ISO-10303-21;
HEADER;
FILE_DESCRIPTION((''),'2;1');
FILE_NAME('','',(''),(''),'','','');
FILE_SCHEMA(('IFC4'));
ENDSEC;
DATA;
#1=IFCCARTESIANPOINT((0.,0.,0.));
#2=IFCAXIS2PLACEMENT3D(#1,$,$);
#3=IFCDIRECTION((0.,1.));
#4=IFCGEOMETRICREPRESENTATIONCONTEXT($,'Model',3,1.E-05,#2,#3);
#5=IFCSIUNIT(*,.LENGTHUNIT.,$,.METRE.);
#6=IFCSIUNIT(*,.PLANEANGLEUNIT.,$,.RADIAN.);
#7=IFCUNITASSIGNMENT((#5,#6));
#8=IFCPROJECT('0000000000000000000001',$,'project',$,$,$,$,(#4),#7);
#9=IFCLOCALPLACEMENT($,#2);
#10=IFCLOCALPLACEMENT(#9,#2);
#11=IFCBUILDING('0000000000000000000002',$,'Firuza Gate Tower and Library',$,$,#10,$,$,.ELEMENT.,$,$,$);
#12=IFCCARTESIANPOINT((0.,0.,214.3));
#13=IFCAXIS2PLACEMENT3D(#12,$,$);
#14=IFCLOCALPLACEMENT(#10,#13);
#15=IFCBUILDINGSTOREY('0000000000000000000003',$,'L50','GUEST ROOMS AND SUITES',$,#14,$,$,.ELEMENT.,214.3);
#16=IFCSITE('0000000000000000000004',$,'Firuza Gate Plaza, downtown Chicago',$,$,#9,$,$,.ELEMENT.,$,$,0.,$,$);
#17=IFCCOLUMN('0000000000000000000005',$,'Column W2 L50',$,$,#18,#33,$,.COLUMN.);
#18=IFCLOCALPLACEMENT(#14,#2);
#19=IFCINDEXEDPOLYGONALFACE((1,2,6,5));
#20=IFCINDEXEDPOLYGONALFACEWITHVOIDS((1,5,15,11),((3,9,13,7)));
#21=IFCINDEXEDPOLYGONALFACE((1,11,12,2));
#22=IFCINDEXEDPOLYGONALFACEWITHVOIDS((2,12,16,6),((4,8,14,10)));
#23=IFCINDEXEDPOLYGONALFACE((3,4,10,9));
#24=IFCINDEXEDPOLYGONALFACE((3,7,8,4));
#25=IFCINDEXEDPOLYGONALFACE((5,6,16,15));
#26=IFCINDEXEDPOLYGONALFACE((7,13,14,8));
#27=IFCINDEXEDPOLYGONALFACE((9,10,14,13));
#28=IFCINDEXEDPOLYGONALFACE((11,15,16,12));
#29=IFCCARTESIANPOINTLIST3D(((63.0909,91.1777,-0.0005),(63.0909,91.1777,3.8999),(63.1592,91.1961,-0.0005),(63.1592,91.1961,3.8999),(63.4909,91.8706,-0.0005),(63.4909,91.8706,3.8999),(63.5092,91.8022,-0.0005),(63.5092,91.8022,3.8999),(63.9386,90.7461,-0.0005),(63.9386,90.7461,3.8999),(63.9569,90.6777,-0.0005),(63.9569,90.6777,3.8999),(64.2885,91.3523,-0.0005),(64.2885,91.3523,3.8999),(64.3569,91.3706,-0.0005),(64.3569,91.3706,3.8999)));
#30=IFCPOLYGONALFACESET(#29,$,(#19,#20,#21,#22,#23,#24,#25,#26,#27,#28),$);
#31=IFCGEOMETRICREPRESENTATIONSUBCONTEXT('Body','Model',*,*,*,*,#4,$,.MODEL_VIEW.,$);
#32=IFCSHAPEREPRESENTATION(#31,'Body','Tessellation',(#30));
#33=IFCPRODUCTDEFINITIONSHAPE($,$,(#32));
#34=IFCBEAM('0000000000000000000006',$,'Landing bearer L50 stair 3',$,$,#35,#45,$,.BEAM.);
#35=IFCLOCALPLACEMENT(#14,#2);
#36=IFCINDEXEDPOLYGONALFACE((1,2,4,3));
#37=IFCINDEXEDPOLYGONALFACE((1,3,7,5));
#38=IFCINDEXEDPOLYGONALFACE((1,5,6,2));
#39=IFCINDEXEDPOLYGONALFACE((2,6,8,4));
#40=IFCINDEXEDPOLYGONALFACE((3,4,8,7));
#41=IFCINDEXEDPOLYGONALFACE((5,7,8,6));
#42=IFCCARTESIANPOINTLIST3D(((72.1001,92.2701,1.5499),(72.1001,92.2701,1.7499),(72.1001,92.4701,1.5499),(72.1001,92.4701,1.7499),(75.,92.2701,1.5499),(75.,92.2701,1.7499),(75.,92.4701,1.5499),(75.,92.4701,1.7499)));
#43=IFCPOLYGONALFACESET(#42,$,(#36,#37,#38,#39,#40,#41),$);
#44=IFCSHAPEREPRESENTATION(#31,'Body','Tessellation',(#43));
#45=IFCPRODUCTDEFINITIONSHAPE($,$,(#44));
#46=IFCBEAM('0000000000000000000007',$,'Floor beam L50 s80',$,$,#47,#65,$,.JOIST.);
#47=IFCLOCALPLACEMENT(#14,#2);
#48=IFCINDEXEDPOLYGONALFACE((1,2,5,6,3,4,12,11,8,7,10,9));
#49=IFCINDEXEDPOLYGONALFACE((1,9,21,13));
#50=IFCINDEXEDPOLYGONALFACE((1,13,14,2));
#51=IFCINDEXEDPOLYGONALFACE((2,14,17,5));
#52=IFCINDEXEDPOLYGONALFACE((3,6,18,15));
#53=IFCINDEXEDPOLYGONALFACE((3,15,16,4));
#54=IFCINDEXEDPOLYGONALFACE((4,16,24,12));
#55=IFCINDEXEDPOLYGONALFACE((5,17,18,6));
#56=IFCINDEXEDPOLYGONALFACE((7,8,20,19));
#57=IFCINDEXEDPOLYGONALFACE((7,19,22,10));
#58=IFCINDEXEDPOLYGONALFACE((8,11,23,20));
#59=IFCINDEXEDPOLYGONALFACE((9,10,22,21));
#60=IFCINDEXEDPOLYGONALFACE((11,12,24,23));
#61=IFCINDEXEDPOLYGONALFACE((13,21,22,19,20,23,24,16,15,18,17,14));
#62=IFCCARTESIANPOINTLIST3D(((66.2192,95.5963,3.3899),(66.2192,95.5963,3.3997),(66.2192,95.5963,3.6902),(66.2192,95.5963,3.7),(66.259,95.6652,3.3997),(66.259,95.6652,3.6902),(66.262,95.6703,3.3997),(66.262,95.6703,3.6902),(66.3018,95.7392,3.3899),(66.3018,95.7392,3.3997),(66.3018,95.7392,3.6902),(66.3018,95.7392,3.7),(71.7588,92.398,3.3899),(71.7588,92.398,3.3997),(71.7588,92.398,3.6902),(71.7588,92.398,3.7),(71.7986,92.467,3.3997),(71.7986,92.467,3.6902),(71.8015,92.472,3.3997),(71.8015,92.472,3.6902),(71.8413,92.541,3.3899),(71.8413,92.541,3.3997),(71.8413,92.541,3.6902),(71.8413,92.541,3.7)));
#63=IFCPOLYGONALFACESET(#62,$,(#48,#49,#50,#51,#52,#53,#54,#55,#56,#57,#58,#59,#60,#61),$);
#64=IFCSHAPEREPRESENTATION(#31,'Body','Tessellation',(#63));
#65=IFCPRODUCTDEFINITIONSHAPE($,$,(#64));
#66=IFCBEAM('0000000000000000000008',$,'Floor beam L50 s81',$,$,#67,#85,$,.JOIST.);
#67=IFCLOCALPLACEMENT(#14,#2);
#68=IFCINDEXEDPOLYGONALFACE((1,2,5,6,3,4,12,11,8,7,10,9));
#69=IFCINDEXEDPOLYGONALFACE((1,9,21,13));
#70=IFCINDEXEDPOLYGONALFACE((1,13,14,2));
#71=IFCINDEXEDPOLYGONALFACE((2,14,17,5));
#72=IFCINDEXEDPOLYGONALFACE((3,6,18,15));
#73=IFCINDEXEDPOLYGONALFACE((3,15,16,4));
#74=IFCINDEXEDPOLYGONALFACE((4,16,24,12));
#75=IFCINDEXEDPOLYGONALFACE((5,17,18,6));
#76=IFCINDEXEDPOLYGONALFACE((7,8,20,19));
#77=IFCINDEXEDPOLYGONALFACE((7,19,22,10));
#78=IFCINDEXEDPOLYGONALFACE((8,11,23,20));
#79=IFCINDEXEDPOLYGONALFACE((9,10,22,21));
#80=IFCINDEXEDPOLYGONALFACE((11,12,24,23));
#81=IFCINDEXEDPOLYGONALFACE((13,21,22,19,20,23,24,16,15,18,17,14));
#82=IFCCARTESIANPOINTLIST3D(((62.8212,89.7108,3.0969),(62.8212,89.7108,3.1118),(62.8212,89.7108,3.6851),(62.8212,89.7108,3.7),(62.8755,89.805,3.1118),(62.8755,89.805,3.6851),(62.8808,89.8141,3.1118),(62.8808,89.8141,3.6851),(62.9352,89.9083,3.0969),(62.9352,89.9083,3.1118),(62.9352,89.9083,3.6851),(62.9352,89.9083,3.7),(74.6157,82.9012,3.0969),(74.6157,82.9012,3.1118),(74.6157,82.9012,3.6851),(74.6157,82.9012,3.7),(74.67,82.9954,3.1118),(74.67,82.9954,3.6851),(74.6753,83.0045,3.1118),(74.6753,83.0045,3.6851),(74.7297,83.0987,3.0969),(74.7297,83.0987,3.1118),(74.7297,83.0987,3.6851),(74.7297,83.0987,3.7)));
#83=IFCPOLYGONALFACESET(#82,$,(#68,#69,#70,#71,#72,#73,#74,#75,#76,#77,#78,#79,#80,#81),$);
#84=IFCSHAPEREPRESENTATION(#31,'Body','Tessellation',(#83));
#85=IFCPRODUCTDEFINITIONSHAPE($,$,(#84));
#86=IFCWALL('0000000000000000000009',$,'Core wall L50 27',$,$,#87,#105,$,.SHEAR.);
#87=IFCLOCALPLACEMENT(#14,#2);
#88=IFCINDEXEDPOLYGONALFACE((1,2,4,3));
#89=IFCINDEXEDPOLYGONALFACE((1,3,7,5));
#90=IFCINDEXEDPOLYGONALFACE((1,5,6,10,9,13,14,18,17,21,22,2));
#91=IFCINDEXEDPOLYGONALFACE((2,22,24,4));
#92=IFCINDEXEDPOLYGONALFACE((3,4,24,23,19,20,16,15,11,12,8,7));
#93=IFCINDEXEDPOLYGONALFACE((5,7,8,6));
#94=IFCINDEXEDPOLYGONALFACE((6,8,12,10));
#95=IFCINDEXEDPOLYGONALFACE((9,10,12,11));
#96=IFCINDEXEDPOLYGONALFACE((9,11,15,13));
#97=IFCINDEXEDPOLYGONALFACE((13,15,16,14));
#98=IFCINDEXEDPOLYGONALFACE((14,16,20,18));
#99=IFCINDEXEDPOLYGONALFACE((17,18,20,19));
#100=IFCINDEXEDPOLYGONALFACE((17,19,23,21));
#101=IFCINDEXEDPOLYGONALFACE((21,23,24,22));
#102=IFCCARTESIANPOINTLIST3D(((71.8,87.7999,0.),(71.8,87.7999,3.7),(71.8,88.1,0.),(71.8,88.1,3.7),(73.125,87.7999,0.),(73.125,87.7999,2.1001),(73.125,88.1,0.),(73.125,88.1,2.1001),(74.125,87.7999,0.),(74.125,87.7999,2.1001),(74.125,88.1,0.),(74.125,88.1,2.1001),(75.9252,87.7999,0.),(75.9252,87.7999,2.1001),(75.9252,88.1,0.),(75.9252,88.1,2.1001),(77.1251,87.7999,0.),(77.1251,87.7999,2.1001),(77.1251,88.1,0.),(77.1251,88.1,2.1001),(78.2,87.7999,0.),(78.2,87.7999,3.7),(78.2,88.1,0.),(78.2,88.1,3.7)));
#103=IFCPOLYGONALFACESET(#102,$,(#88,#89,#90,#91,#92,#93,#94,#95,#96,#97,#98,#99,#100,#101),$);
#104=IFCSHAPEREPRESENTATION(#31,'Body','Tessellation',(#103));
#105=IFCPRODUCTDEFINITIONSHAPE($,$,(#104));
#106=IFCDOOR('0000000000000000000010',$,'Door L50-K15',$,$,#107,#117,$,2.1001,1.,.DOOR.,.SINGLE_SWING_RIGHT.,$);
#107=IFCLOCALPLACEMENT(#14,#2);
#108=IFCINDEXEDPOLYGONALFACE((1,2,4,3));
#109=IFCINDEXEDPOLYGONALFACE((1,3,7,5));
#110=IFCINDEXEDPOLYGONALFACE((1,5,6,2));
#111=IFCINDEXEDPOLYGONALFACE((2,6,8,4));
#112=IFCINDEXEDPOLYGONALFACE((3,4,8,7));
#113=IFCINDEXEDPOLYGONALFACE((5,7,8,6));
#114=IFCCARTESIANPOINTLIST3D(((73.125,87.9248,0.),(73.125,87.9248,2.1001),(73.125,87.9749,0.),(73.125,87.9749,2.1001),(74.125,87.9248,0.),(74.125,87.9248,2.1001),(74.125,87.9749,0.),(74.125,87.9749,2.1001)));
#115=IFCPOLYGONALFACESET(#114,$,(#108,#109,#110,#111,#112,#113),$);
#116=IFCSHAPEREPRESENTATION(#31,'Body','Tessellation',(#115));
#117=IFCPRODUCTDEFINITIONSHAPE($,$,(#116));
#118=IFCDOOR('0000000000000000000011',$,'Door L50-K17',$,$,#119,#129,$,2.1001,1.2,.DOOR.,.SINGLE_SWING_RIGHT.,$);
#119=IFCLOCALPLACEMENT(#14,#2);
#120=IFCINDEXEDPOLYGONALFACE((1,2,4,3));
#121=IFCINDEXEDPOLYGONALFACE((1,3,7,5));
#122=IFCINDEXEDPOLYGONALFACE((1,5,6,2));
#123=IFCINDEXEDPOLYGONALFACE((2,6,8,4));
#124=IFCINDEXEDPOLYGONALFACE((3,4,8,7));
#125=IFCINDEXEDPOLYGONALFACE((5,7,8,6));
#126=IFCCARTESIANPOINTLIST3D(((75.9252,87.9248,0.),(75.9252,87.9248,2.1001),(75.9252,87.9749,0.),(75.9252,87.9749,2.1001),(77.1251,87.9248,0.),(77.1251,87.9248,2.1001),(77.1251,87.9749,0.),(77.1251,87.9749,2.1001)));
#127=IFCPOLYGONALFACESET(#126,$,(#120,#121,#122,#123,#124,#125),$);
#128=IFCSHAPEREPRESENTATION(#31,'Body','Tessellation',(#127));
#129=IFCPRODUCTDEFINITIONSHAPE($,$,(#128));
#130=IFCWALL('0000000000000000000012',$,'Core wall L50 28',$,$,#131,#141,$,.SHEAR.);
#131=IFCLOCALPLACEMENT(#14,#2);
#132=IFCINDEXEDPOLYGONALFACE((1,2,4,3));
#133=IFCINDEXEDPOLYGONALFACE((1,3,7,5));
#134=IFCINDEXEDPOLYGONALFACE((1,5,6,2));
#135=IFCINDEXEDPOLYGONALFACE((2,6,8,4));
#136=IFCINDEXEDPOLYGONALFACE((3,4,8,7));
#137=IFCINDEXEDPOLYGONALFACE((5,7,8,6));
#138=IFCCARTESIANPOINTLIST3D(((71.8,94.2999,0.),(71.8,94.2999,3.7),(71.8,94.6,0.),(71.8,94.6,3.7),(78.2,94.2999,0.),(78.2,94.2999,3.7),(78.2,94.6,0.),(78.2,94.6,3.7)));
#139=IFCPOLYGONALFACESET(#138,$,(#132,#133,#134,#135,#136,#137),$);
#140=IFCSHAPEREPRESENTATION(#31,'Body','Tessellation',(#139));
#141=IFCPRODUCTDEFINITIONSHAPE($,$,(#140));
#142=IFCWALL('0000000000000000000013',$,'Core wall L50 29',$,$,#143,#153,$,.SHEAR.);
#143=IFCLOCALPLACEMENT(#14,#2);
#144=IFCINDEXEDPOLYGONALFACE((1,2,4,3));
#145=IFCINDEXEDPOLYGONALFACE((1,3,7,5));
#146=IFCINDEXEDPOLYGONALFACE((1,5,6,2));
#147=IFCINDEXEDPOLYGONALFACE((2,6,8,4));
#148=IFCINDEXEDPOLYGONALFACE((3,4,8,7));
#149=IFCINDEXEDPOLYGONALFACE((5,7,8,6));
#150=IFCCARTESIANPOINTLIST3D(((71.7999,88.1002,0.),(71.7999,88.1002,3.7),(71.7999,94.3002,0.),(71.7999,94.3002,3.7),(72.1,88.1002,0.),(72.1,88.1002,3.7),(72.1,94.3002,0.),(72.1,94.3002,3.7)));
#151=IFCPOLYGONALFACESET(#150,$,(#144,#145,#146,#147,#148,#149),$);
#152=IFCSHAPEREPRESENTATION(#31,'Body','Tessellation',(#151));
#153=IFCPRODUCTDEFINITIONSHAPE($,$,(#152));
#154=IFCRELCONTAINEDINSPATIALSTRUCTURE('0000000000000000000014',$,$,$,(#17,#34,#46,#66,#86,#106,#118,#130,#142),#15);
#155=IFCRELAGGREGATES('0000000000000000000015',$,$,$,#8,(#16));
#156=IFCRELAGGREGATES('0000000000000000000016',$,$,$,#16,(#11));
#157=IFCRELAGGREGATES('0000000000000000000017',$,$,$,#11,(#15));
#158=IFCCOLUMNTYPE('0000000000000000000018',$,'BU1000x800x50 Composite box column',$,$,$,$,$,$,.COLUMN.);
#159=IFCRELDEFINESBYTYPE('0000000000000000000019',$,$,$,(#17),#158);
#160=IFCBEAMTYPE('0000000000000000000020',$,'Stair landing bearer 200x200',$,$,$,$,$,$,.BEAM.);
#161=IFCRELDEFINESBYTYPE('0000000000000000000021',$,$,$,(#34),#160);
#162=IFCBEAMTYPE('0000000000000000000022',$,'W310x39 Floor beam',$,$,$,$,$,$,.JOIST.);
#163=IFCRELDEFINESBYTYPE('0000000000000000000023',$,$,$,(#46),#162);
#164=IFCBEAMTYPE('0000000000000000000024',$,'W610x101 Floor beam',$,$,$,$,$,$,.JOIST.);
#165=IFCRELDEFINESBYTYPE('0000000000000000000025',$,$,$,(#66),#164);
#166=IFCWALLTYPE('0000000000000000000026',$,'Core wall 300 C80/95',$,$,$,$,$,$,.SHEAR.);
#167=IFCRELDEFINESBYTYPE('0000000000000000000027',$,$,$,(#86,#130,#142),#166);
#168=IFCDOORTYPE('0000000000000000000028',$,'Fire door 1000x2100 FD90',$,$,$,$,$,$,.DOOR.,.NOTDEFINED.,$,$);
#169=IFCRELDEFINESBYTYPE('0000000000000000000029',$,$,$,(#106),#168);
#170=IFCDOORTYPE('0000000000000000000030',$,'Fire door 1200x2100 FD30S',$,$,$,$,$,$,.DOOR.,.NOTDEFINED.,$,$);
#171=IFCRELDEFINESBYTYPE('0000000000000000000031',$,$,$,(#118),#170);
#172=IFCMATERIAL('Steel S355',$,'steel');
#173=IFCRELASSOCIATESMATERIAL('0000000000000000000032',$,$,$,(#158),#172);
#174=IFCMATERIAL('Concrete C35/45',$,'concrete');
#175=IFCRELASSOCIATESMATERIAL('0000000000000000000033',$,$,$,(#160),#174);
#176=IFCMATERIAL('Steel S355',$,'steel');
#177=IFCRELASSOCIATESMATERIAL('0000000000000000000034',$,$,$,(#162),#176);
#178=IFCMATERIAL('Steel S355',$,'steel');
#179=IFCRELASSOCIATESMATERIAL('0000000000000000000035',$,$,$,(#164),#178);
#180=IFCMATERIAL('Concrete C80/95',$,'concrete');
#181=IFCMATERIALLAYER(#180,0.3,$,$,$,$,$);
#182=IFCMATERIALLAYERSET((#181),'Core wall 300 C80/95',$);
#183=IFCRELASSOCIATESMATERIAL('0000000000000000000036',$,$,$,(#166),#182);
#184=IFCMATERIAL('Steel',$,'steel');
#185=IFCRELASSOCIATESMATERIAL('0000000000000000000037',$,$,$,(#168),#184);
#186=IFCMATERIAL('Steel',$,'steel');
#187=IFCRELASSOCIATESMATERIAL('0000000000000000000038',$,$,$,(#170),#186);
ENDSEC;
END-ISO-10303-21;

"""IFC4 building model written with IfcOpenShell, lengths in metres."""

from ifc_helpers import new_model, si_unit, direction, frame, frame_2d, origin, origin_2d, place, context, subcontext, project, spatial, rectangle, hollow_rectangle, i_section, extrude, material, layer, layer_set, material_profile, profile_set, type_object, element, fill, save


model = new_model("IFC4")

# Units and contexts
model_context = context("Model", 3, precision=1e-05, world=origin(), true_north=direction((0.0, 1.0)))
body_context = subcontext(model_context, "Body", "Model", "MODEL_VIEW")
ifc_project = project(units=[si_unit("LENGTHUNIT", "METRE"), si_unit("PLANEANGLEUNIT", "RADIAN")], contexts=[model_context])

# Site, building, storey
site_placement = place(None, origin())
site = spatial("IfcSite", under=ifc_project, at=site_placement, Name="Firuza Gate Plaza, downtown Chicago", CompositionType="ELEMENT", RefElevation=0.0)
building_placement = place(site_placement, origin())
building = spatial("IfcBuilding", under=site, at=building_placement, Name="Firuza Gate Tower and Library", CompositionType="ELEMENT")
storey_placement = place(building_placement, frame((0.0, 0.0, 214.3)))
storey = spatial("IfcBuildingStorey", under=building, at=storey_placement, Name="L50", Description="GUEST ROOMS AND SUITES", CompositionType="ELEMENT", Elevation=214.3)

# Column
ifc_material_1 = material(Name="Steel S355", Category="steel")
ifc_material_profile_1 = material_profile(ifc_material_1, hollow_rectangle(XDim=0.8, YDim=1.0, WallThickness=0.05, at=origin_2d()))
ifc_profile_set_1 = profile_set([ifc_material_profile_1], Name="Steel S355")
column_type = type_object("IfcColumnType", Name="BU1000x800x50 Composite box column", PredefinedType="COLUMN", material=ifc_profile_set_1)
column_placement = place(storey_placement, frame((63.7239, 91.2742, -0.0005), z_axis=(0.0, 0.0, 1.0), x_axis=(-0.5, -0.866025, 0.0)))
element("IfcColumn", 1, at=column_placement, inside=storey, type_object=column_type, Name="Column W2 L50", PredefinedType="COLUMN", context=body_context, shape_type="SweptSolid", body=[
    extrude(hollow_rectangle(XDim=0.8, YDim=1.0, WallThickness=0.05, at=origin_2d()), origin(), (0.0, 0.0, 1.0), 3.9004),
])

# Beams
ifc_material_2 = material(Name="Concrete C35/45", Category="concrete")
ifc_material_profile_2 = material_profile(ifc_material_2, rectangle(XDim=0.2, YDim=0.2, at=origin_2d()))
ifc_profile_set_2 = profile_set([ifc_material_profile_2], Name="Concrete C35/45")
beam_type_1 = type_object("IfcBeamType", Name="Stair landing bearer 200x200", PredefinedType="BEAM", material=ifc_profile_set_2)
beam_1_placement = place(storey_placement, frame((75.0, 92.3701, 1.6499), z_axis=(-1.0, 0.0, 0.0), x_axis=(0.0, -1.0, 0.0)))
element("IfcBeam", 2, at=beam_1_placement, inside=storey, type_object=beam_type_1, Name="Landing bearer L50 stair 3", PredefinedType="BEAM", context=body_context, shape_type="SweptSolid", body=[
    extrude(rectangle(XDim=0.2, YDim=0.2, at=origin_2d()), origin(), (0.0, 0.0, 1.0), 2.8999),
])
ifc_material_3 = material(Name="Steel S355", Category="steel")
ifc_material_profile_3 = material_profile(ifc_material_3, i_section(OverallWidth=0.165, OverallDepth=0.3101, WebThickness=0.0059, FlangeThickness=0.0098, at=origin_2d()))
ifc_profile_set_3 = profile_set([ifc_material_profile_3], Name="Steel S355")
beam_type_2 = type_object("IfcBeamType", Name="W310x39 Floor beam", PredefinedType="JOIST", material=ifc_profile_set_3)
beam_2_placement = place(storey_placement, frame((66.2605, 95.6677, 3.5449), z_axis=(0.866027, -0.499998, 0.0), x_axis=(0.499998, 0.866027, 0.0)))
element("IfcBeam", 3, at=beam_2_placement, inside=storey, type_object=beam_type_2, Name="Floor beam L50 s80", PredefinedType="JOIST", context=body_context, shape_type="SweptSolid", body=[
    extrude(i_section(OverallWidth=0.165, OverallDepth=0.3101, WebThickness=0.0059, FlangeThickness=0.0098, at=origin_2d()), origin(), (0.0, 0.0, 1.0), 6.3965),
])
ifc_material_4 = material(Name="Steel S355", Category="steel")
ifc_material_profile_4 = material_profile(ifc_material_4, i_section(OverallWidth=0.228, OverallDepth=0.603, WebThickness=0.0105, FlangeThickness=0.0149, at=origin_2d()))
ifc_profile_set_4 = profile_set([ifc_material_profile_4], Name="Steel S355")
beam_type_3 = type_object("IfcBeamType", Name="W610x101 Floor beam", PredefinedType="JOIST", material=ifc_profile_set_4)
beam_3_placement = place(storey_placement, frame((62.8782, 89.8096, 3.3984), z_axis=(0.866024, -0.500003, 0.0), x_axis=(0.500003, 0.866024, 0.0)))
element("IfcBeam", 4, at=beam_3_placement, inside=storey, type_object=beam_type_3, Name="Floor beam L50 s81", PredefinedType="JOIST", context=body_context, shape_type="SweptSolid", body=[
    extrude(i_section(OverallWidth=0.228, OverallDepth=0.603, WebThickness=0.0105, FlangeThickness=0.0149, at=origin_2d()), origin(), (0.0, 0.0, 1.0), 13.6191),
])

# Wall, openings, doors
ifc_material_5 = material(Name="Concrete C80/95", Category="concrete")
ifc_layer_1 = layer(ifc_material_5, 0.3)
ifc_layer_set_1 = layer_set([ifc_layer_1], Name="Core wall 300 C80/95")
wall_type_1 = type_object("IfcWallType", Name="Core wall 300 C80/95", PredefinedType="SHEAR", material=ifc_layer_set_1)
wall_1_placement = place(storey_placement, frame((71.8, 87.95, 0.0), z_axis=(0.0, 0.0, 1.0), x_axis=(1.0, 0.0, 0.0)))
wall_1 = element("IfcWall", 5, at=wall_1_placement, inside=storey, type_object=wall_type_1, Name="Core wall L50 27", PredefinedType="SHEAR", context=body_context, shape_type="SweptSolid", body=[
    extrude(rectangle(XDim=6.3999, YDim=0.3, at=frame_2d((3.2, 0.0))), origin(), (0.0, 0.0, 1.0), 3.7),
])
opening_1_placement = place(wall_1_placement, frame((1.325, 0.0, 0.0)))
opening_1 = element("IfcOpeningElement", 6, at=opening_1_placement, cuts=wall_1, PredefinedType="OPENING", context=body_context, shape_type="SweptSolid", body=[
    extrude(rectangle(XDim=1.0, YDim=2.1001, at=frame_2d((0.5, 1.05))), frame((0.0, 0.1602, 0.0), z_axis=(0.0, -1.0, 0.0), x_axis=(1.0, 0.0, 0.0)), (0.0, 0.0, 1.0), 0.3201),
])
opening_2_placement = place(wall_1_placement, frame((4.125, 0.0, 0.0)))
opening_2 = element("IfcOpeningElement", 7, at=opening_2_placement, cuts=wall_1, PredefinedType="OPENING", context=body_context, shape_type="SweptSolid", body=[
    extrude(rectangle(XDim=1.2, YDim=2.1001, at=frame_2d((0.6001, 1.05))), frame((0.0, 0.1602, 0.0), z_axis=(0.0, -1.0, 0.0), x_axis=(1.0, 0.0, 0.0)), (0.0, 0.0, 1.0), 0.3201),
])
ifc_material_6 = material(Name="Steel", Category="steel")
door_type_1 = type_object("IfcDoorType", Name="Fire door 1000x2100 FD90", OperationType="NOTDEFINED", PredefinedType="DOOR", material=ifc_material_6)
door_1_placement = place(opening_1_placement, origin())
door_1 = element("IfcDoor", 8, at=door_1_placement, inside=storey, type_object=door_type_1, Name="Door L50-K15", OperationType="SINGLE_SWING_RIGHT", OverallHeight=2.1001, OverallWidth=1.0, PredefinedType="DOOR", context=body_context, shape_type="SweptSolid", body=[
    extrude(rectangle(XDim=1.0, YDim=2.1001, at=frame_2d((0.5, 1.05))), frame((0.0, 0.0249, 0.0), z_axis=(0.0, -1.0, 0.0), x_axis=(1.0, 0.0, 0.0)), (0.0, 0.0, 1.0), 0.05),
])
fill(opening_1, door_1)
ifc_material_7 = material(Name="Steel", Category="steel")
door_type_2 = type_object("IfcDoorType", Name="Fire door 1200x2100 FD30S", OperationType="NOTDEFINED", PredefinedType="DOOR", material=ifc_material_7)
door_2_placement = place(opening_2_placement, origin())
door_2 = element("IfcDoor", 9, at=door_2_placement, inside=storey, type_object=door_type_2, Name="Door L50-K17", OperationType="SINGLE_SWING_RIGHT", OverallHeight=2.1001, OverallWidth=1.2, PredefinedType="DOOR", context=body_context, shape_type="SweptSolid", body=[
    extrude(rectangle(XDim=1.2, YDim=2.1001, at=frame_2d((0.6001, 1.05))), frame((0.0, 0.0249, 0.0), z_axis=(0.0, -1.0, 0.0), x_axis=(1.0, 0.0, 0.0)), (0.0, 0.0, 1.0), 0.05),
])
fill(opening_2, door_2)

# Walls
wall_2_placement = place(storey_placement, frame((71.8, 94.45, 0.0), z_axis=(0.0, 0.0, 1.0), x_axis=(1.0, 0.0, 0.0)))
element("IfcWall", 10, at=wall_2_placement, inside=storey, type_object=wall_type_1, Name="Core wall L50 28", PredefinedType="SHEAR", context=body_context, shape_type="SweptSolid", body=[
    extrude(rectangle(XDim=6.3999, YDim=0.3, at=frame_2d((3.2, 0.0))), origin(), (0.0, 0.0, 1.0), 3.7),
])
wall_3_placement = place(storey_placement, frame((71.95, 88.1001, 0.0), z_axis=(0.0, 0.0, 1.0), x_axis=(0.0, 1.0, 0.0)))
element("IfcWall", 11, at=wall_3_placement, inside=storey, type_object=wall_type_1, Name="Core wall L50 29", PredefinedType="SHEAR", context=body_context, shape_type="SweptSolid", body=[
    extrude(rectangle(XDim=6.2, YDim=0.3, at=frame_2d((3.1001, 0.0))), origin(), (0.0, 0.0, 1.0), 3.7),
])

save(model, "model.ifc")
